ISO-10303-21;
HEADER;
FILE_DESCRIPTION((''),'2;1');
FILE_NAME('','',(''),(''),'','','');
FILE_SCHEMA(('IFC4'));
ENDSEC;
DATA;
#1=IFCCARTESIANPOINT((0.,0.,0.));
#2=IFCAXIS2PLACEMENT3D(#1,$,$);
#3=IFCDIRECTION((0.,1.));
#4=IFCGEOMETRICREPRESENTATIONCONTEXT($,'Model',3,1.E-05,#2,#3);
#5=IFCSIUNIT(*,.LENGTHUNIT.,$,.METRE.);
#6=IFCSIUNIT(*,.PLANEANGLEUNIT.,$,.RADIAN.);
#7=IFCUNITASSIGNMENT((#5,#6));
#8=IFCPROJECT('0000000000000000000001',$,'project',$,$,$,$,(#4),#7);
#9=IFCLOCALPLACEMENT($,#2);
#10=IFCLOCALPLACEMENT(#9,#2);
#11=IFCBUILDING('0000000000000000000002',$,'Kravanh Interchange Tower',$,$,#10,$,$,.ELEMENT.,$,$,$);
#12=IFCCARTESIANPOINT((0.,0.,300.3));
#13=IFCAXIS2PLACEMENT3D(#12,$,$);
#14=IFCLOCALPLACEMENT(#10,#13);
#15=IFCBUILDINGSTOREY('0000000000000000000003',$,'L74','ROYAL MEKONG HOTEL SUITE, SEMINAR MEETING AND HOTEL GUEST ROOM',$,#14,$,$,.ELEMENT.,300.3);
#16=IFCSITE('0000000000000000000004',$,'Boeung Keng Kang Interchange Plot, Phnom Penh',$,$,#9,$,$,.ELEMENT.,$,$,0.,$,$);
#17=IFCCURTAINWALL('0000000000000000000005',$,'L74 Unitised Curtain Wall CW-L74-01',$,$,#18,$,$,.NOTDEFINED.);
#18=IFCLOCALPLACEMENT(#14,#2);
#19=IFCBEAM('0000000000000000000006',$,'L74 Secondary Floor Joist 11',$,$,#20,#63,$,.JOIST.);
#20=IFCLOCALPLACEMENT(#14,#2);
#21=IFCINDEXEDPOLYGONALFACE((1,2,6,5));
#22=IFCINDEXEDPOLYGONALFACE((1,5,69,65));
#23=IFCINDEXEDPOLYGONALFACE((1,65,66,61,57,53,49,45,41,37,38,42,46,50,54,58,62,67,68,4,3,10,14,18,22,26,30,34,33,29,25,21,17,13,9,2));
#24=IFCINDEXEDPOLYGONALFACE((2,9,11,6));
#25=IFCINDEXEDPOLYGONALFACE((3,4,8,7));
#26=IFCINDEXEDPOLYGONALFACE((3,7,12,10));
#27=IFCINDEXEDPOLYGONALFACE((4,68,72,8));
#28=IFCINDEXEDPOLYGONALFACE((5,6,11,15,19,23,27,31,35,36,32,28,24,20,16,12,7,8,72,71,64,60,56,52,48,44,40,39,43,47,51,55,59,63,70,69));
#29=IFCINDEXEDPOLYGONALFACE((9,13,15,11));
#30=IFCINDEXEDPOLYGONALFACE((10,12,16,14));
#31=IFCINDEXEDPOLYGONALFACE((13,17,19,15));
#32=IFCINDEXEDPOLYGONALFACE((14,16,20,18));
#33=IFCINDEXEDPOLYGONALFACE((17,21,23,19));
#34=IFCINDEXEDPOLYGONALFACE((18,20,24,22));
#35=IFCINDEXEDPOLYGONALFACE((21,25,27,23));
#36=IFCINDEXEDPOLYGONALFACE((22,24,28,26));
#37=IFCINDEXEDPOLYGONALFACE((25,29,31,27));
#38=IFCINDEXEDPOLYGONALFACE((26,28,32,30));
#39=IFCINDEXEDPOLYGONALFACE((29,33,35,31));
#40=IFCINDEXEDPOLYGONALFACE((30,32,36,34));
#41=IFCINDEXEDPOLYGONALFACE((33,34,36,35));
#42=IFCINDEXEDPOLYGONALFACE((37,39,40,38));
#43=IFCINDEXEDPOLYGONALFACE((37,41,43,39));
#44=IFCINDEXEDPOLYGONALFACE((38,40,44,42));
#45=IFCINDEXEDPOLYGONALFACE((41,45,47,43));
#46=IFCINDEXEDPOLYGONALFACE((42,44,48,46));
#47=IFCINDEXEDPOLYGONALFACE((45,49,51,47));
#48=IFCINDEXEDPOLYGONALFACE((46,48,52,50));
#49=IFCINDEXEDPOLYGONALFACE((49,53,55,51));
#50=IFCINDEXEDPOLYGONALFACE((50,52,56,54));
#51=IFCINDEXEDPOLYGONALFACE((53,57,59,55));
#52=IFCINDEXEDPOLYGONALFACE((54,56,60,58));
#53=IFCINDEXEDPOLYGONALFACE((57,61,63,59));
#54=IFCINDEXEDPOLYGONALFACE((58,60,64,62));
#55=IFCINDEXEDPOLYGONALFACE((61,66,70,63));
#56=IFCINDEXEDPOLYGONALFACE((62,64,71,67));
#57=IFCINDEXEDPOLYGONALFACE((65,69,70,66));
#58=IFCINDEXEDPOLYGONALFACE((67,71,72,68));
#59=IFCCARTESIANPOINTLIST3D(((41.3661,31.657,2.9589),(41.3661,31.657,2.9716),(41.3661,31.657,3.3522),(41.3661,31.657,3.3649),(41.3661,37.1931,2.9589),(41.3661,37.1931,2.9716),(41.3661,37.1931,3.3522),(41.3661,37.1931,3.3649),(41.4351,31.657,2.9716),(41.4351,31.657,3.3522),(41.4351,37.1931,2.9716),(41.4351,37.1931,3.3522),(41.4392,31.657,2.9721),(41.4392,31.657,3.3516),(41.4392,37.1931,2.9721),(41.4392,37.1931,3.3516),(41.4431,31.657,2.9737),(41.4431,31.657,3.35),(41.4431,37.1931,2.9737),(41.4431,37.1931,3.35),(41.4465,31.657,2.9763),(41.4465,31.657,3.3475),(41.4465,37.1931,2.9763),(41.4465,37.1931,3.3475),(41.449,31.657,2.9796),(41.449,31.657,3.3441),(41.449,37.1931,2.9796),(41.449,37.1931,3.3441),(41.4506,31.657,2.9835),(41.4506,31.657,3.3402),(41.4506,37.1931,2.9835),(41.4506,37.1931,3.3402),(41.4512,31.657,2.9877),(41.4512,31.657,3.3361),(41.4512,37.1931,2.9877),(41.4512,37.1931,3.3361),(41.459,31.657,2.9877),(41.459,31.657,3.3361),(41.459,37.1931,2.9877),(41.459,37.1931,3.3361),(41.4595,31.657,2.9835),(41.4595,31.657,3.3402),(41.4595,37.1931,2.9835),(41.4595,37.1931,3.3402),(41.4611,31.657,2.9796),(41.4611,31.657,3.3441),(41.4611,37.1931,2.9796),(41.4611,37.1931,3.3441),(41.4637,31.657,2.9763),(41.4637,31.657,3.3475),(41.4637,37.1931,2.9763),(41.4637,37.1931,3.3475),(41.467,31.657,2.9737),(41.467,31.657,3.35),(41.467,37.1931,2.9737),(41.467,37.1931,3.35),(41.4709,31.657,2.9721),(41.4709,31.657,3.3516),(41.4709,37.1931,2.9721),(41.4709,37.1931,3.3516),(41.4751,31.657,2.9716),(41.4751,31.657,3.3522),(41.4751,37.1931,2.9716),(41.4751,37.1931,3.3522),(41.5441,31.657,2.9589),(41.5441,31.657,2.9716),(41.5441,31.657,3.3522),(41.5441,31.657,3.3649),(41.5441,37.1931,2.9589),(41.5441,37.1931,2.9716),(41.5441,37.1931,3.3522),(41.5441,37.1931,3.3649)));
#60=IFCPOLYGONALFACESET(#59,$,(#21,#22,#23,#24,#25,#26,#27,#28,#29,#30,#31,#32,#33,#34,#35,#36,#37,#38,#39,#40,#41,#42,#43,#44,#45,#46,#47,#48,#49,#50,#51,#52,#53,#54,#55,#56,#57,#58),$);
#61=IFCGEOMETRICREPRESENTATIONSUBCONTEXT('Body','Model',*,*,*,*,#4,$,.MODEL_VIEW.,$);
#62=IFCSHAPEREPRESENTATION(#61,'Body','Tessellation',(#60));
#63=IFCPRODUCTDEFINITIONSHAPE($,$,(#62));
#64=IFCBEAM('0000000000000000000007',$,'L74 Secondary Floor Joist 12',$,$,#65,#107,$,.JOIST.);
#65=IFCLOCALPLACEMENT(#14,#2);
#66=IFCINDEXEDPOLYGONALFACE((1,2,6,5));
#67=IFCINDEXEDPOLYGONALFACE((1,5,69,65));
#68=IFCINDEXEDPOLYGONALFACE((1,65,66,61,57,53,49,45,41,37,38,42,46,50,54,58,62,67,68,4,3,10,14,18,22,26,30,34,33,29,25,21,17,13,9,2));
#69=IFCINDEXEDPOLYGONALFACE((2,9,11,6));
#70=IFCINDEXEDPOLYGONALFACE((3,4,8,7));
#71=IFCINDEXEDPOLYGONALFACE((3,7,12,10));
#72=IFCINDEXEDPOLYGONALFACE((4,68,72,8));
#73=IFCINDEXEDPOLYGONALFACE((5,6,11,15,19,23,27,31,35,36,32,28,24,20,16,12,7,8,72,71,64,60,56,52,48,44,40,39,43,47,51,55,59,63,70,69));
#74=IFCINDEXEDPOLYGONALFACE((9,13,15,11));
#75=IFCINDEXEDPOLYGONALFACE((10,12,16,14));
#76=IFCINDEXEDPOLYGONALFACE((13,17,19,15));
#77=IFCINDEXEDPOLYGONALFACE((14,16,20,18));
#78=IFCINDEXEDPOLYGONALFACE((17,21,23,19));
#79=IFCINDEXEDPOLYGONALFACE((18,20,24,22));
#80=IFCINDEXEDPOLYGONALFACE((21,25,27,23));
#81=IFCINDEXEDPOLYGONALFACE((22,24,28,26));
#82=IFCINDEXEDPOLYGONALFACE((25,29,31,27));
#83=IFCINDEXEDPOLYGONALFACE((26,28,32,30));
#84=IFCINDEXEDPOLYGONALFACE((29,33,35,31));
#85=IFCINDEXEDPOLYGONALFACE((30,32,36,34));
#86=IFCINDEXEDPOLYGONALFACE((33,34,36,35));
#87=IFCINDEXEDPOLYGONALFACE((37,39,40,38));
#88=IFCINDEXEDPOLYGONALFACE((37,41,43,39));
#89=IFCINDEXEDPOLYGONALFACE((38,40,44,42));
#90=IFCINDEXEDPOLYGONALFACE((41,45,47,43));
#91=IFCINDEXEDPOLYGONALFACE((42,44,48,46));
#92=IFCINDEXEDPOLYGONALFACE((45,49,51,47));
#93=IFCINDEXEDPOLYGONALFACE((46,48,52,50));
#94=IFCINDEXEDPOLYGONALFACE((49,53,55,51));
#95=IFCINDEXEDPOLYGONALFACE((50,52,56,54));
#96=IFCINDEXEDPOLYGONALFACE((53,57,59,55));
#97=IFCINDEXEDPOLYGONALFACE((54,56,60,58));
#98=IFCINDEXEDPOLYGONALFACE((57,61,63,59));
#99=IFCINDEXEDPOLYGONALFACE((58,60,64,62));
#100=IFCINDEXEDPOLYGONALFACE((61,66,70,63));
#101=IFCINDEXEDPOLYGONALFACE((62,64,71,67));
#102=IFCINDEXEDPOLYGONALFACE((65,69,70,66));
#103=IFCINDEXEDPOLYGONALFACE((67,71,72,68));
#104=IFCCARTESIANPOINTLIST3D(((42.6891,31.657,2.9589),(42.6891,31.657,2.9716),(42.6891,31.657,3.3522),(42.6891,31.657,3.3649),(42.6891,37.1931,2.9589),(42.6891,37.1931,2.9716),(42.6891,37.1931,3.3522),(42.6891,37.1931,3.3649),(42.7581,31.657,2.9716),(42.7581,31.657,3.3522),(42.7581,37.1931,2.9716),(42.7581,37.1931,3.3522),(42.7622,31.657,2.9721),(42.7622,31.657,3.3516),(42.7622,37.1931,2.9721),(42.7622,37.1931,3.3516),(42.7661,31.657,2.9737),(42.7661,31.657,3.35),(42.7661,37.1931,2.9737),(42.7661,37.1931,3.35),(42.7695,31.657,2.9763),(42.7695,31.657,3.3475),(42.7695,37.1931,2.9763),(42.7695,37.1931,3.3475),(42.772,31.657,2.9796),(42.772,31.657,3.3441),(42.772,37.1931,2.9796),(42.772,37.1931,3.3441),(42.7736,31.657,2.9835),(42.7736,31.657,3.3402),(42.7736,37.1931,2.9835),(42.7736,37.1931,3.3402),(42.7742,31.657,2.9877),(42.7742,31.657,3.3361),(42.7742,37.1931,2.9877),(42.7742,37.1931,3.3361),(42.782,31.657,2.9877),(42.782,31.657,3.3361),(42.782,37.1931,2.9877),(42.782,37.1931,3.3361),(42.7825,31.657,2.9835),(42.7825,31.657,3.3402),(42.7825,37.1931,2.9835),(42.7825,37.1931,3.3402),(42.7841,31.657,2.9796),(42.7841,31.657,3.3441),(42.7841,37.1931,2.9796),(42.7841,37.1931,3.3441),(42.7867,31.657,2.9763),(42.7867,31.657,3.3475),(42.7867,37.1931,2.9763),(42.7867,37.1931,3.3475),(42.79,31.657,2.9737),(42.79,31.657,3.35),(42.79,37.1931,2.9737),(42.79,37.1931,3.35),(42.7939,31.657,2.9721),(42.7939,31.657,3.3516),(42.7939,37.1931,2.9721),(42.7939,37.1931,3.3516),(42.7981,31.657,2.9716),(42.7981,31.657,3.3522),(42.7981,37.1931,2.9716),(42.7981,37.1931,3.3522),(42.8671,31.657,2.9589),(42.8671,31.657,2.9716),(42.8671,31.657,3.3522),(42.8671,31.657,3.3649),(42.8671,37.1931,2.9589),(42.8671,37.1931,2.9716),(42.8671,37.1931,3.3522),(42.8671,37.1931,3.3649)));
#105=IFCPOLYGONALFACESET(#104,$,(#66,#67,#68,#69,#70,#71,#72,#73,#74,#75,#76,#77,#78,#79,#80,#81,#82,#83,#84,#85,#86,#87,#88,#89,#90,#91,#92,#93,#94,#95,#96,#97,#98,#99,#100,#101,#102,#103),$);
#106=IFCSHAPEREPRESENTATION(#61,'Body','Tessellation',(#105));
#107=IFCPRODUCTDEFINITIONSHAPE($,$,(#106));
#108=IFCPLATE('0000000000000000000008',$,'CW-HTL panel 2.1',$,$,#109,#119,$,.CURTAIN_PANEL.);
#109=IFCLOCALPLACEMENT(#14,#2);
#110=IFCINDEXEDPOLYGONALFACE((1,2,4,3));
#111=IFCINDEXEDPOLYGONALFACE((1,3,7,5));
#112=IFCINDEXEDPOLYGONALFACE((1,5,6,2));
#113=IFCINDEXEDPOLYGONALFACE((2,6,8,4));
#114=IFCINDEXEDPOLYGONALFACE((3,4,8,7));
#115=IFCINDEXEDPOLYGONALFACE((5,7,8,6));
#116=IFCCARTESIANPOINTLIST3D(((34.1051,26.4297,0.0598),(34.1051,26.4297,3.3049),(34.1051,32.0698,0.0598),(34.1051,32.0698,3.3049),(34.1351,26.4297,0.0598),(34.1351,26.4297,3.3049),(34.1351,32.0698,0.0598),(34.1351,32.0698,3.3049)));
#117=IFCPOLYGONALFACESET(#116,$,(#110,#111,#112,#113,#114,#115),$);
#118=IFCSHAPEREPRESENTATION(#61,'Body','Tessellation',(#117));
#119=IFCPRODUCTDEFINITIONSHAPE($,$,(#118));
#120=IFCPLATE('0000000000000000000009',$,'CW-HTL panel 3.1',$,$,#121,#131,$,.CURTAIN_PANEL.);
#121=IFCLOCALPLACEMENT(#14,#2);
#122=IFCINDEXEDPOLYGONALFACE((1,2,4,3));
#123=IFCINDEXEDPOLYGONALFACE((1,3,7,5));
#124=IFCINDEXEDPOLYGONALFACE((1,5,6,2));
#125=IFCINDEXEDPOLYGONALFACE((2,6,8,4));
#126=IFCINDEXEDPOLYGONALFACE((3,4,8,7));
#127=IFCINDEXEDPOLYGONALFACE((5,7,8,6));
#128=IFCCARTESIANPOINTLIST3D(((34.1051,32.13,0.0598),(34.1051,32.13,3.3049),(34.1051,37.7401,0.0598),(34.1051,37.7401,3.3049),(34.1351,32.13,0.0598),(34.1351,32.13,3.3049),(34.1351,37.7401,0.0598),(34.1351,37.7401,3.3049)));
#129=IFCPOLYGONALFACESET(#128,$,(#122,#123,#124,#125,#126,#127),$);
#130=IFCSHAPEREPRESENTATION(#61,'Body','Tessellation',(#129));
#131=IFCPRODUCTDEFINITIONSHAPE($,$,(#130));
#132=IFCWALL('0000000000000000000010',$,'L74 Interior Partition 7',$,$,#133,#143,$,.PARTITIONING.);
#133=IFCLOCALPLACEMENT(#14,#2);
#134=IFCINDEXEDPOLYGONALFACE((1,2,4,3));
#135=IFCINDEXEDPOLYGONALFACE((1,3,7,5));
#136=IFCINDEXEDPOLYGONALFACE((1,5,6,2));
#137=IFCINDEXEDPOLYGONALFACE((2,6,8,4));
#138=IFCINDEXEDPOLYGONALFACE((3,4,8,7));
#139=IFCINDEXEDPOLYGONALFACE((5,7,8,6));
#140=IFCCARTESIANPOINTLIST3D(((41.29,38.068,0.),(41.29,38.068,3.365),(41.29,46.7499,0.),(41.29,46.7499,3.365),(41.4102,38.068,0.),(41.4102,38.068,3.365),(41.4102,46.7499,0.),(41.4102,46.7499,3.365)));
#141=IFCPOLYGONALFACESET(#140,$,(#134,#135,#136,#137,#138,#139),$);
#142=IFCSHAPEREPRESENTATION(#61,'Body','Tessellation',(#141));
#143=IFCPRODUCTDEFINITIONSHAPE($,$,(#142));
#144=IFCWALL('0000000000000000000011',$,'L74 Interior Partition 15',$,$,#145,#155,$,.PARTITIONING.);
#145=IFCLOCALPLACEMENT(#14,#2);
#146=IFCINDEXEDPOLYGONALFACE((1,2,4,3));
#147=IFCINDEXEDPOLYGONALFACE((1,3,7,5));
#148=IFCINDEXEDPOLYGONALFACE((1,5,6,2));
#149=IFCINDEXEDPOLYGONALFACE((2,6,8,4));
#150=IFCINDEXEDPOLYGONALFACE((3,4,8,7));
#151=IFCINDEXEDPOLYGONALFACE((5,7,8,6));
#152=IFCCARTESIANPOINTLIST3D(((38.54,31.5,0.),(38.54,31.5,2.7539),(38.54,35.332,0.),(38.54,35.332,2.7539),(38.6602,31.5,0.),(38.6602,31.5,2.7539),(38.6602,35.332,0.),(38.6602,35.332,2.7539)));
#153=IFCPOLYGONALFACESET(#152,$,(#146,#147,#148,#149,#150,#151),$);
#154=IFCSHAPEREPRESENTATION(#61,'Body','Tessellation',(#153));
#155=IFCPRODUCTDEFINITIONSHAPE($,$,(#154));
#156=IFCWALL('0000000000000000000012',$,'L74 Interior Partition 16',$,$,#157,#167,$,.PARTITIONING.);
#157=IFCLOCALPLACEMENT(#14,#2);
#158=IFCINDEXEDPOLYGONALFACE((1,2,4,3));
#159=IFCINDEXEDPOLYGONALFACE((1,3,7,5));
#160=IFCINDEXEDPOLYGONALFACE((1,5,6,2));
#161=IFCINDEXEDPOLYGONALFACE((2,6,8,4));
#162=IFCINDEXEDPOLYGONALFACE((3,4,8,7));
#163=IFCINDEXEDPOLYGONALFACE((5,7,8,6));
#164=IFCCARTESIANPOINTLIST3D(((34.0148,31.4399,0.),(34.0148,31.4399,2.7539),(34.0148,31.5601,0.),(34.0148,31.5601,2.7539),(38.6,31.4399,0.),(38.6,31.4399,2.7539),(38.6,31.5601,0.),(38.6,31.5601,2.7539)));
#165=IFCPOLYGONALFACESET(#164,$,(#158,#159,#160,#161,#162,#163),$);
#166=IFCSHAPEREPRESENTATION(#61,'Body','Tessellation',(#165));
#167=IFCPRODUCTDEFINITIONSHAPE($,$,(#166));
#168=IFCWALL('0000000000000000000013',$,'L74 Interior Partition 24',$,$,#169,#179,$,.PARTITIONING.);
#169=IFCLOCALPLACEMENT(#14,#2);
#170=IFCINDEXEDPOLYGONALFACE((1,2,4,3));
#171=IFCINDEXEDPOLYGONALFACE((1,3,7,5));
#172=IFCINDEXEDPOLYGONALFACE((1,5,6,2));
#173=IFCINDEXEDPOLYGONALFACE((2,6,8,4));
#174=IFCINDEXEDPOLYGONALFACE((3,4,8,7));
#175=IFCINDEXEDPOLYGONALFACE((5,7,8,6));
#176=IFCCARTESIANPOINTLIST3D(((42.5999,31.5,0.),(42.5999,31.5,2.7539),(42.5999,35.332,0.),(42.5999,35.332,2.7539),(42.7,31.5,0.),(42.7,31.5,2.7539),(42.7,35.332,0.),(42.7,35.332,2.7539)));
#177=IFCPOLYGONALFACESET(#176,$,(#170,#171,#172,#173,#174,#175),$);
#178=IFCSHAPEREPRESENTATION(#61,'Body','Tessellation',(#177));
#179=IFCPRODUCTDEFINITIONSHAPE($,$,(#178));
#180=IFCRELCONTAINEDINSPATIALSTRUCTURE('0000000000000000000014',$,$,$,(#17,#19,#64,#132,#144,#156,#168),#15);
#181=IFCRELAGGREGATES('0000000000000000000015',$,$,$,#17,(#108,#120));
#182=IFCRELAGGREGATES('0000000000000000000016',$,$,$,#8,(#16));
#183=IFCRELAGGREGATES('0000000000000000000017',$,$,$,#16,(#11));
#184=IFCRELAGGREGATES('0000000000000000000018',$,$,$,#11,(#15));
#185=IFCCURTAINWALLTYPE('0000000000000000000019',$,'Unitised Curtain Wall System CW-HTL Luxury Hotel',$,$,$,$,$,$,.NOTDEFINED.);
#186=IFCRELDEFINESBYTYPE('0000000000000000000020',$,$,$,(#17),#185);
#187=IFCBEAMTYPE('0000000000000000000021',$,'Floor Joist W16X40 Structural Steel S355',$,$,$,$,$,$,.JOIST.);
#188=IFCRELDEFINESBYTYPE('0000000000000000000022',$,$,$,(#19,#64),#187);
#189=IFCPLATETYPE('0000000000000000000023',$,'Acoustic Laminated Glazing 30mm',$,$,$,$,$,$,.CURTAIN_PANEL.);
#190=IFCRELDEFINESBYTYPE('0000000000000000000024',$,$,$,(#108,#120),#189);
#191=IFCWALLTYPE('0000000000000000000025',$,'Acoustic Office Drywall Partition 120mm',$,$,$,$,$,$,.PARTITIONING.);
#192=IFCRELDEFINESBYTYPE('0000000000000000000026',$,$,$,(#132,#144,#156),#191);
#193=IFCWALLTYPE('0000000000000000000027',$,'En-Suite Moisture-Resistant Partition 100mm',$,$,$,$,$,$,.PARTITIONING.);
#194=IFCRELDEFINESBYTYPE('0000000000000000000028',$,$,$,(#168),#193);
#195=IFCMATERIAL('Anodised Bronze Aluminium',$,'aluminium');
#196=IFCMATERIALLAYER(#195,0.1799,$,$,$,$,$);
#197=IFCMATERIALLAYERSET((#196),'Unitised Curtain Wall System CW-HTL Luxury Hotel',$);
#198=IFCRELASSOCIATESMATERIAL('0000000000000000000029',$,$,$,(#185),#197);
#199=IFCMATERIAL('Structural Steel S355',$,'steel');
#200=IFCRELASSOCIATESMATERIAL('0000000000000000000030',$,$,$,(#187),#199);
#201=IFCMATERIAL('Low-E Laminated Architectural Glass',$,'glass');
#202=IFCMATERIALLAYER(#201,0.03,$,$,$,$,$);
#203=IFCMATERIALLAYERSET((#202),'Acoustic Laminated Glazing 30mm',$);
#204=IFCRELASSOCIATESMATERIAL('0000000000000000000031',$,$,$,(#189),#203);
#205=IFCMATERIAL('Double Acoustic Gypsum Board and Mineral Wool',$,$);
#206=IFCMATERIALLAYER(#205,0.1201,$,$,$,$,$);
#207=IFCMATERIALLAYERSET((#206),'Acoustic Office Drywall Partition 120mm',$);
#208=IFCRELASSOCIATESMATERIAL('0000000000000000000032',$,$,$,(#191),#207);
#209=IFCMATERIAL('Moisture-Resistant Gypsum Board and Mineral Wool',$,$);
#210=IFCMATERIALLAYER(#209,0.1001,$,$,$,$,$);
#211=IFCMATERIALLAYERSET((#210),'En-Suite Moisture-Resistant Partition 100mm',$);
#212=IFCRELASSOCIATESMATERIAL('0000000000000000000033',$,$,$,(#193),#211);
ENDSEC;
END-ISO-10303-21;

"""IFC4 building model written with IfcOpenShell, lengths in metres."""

from ifc_helpers import new_model, si_unit, direction, frame, frame_2d, origin, origin_2d, place, context, subcontext, project, spatial, rectangle, i_section, extrude, material, layer, layer_set, material_profile, profile_set, type_object, element, aggregate, save


model = new_model("IFC4")

# Units and contexts
model_context = context("Model", 3, precision=1e-05, world=origin(), true_north=direction((0.0, 1.0)))
body_context = subcontext(model_context, "Body", "Model", "MODEL_VIEW")
ifc_project = project(units=[si_unit("LENGTHUNIT", "METRE"), si_unit("PLANEANGLEUNIT", "RADIAN")], contexts=[model_context])

# Site, building, storey
site_placement = place(None, origin())
site = spatial("IfcSite", under=ifc_project, at=site_placement, Name="Boeung Keng Kang Interchange Plot, Phnom Penh", CompositionType="ELEMENT", RefElevation=0.0)
building_placement = place(site_placement, origin())
building = spatial("IfcBuilding", under=site, at=building_placement, Name="Kravanh Interchange Tower", CompositionType="ELEMENT")
storey_placement = place(building_placement, frame((0.0, 0.0, 300.3)))
storey = spatial("IfcBuildingStorey", under=building, at=storey_placement, Name="L74", Description="ROYAL MEKONG HOTEL SUITE, SEMINAR MEETING AND HOTEL GUEST ROOM", CompositionType="ELEMENT", Elevation=300.3)

# Curtain wall
ifc_material_1 = material(Name="Anodised Bronze Aluminium", Category="aluminium")
ifc_layer_1 = layer(ifc_material_1, 0.1799)
ifc_layer_set_1 = layer_set([ifc_layer_1], Name="Unitised Curtain Wall System CW-HTL Luxury Hotel")
curtain_wall_type = type_object("IfcCurtainWallType", Name="Unitised Curtain Wall System CW-HTL Luxury Hotel", PredefinedType="NOTDEFINED", material=ifc_layer_set_1)
curtain_wall_placement = place(storey_placement, origin())
curtain_wall = element("IfcCurtainWall", 1, at=curtain_wall_placement, inside=storey, type_object=curtain_wall_type, Name="L74 Unitised Curtain Wall CW-L74-01", PredefinedType="NOTDEFINED")

# Beams
ifc_material_2 = material(Name="Structural Steel S355", Category="steel")
ifc_material_profile_1 = material_profile(ifc_material_2, i_section(OverallWidth=0.178, OverallDepth=0.406, WebThickness=0.0078, FlangeThickness=0.0127, FilletRadius=0.0161, at=origin_2d()), Name="W16X40")
ifc_profile_set_1 = profile_set([ifc_material_profile_1], Name="Structural Steel S355")
beam_type_1 = type_object("IfcBeamType", Name="Floor Joist W16X40 Structural Steel S355", PredefinedType="JOIST", material=ifc_profile_set_1)
for number, where, z_axis, x_axis, name in (
    (2, (41.4551, 31.657, 3.1619), (0.0, 1.0, 0.0), (-1.0, 0.0, 0.0), "L74 Secondary Floor Joist 11"),
    (3, (42.7781, 31.657, 3.1619), (0.0, 1.0, 0.0), (-1.0, 0.0, 0.0), "L74 Secondary Floor Joist 12"),
):
    element("IfcBeam", number, at=place(storey_placement, frame(where, z_axis=z_axis, x_axis=x_axis)), inside=storey, type_object=beam_type_1, Name=name, PredefinedType="JOIST", context=body_context, shape_type="SweptSolid", body=[
        extrude(i_section(OverallWidth=0.178, OverallDepth=0.406, WebThickness=0.0078, FlangeThickness=0.0127, FilletRadius=0.0161, at=origin_2d()), origin(), (0.0, 0.0, 1.0), 5.5361),
    ])

# Plates
ifc_material_3 = material(Name="Low-E Laminated Architectural Glass", Category="glass")
ifc_layer_2 = layer(ifc_material_3, 0.03)
ifc_layer_set_2 = layer_set([ifc_layer_2], Name="Acoustic Laminated Glazing 30mm")
plate_type = type_object("IfcPlateType", Name="Acoustic Laminated Glazing 30mm", PredefinedType="CURTAIN_PANEL", material=ifc_layer_set_2)
plate_1_placement = place(storey_placement, frame((34.1201, 29.2498, 0.0598), z_axis=(0.0, 0.0, 1.0), x_axis=(0.0, 1.0, 0.0)))
plate_1 = element("IfcPlate", 4, at=plate_1_placement, type_object=plate_type, Name="CW-HTL panel 2.1", PredefinedType="CURTAIN_PANEL", context=body_context, shape_type="SweptSolid", body=[
    extrude(rectangle(XDim=5.6401, YDim=0.03, at=origin_2d()), origin(), (0.0, 0.0, 1.0), 3.2451),
])
plate_2_placement = place(storey_placement, frame((34.1201, 34.9351, 0.0598), z_axis=(0.0, 0.0, 1.0), x_axis=(0.0, 1.0, 0.0)))
plate_2 = element("IfcPlate", 5, at=plate_2_placement, type_object=plate_type, Name="CW-HTL panel 3.1", PredefinedType="CURTAIN_PANEL", context=body_context, shape_type="SweptSolid", body=[
    extrude(rectangle(XDim=5.6101, YDim=0.03, at=origin_2d()), origin(), (0.0, 0.0, 1.0), 3.2451),
])
aggregate(curtain_wall, [plate_1, plate_2])

# Walls
ifc_material_4 = material(Name="Double Acoustic Gypsum Board and Mineral Wool")
ifc_layer_3 = layer(ifc_material_4, 0.1201)
ifc_layer_set_3 = layer_set([ifc_layer_3], Name="Acoustic Office Drywall Partition 120mm")
wall_type_1 = type_object("IfcWallType", Name="Acoustic Office Drywall Partition 120mm", PredefinedType="PARTITIONING", material=ifc_layer_set_3)
wall_1_placement = place(storey_placement, frame((41.3501, 38.0681, 0.0), z_axis=(0.0, 0.0, 1.0), x_axis=(0.0, 1.0, 0.0)))
element("IfcWall", 6, at=wall_1_placement, inside=storey, type_object=wall_type_1, Name="L74 Interior Partition 7", PredefinedType="PARTITIONING", context=body_context, shape_type="SweptSolid", body=[
    extrude(rectangle(XDim=8.6819, YDim=0.1201, at=frame_2d((4.3408, 0.0))), origin(), (0.0, 0.0, 1.0), 3.365),
])
wall_2_placement = place(storey_placement, frame((38.6001, 31.5, 0.0), z_axis=(0.0, 0.0, 1.0), x_axis=(0.0, 1.0, 0.0)))
element("IfcWall", 7, at=wall_2_placement, inside=storey, type_object=wall_type_1, Name="L74 Interior Partition 15", PredefinedType="PARTITIONING", context=body_context, shape_type="SweptSolid", body=[
    extrude(rectangle(XDim=3.832, YDim=0.1201, at=frame_2d((1.916, 0.0))), origin(), (0.0, 0.0, 1.0), 2.7539),
])
wall_3_placement = place(storey_placement, frame((34.0149, 31.5, 0.0), z_axis=(0.0, 0.0, 1.0), x_axis=(1.0, 0.0, 0.0)))
element("IfcWall", 8, at=wall_3_placement, inside=storey, type_object=wall_type_1, Name="L74 Interior Partition 16", PredefinedType="PARTITIONING", context=body_context, shape_type="SweptSolid", body=[
    extrude(rectangle(XDim=4.5852, YDim=0.1201, at=frame_2d((2.2925, 0.0))), origin(), (0.0, 0.0, 1.0), 2.7539),
])
ifc_material_5 = material(Name="Moisture-Resistant Gypsum Board and Mineral Wool")
ifc_layer_4 = layer(ifc_material_5, 0.1001)
ifc_layer_set_4 = layer_set([ifc_layer_4], Name="En-Suite Moisture-Resistant Partition 100mm")
wall_type_2 = type_object("IfcWallType", Name="En-Suite Moisture-Resistant Partition 100mm", PredefinedType="PARTITIONING", material=ifc_layer_set_4)
wall_4_placement = place(storey_placement, frame((42.6499, 31.5, 0.0), z_axis=(0.0, 0.0, 1.0), x_axis=(0.0, 1.0, 0.0)))
element("IfcWall", 9, at=wall_4_placement, inside=storey, type_object=wall_type_2, Name="L74 Interior Partition 24", PredefinedType="PARTITIONING", context=body_context, shape_type="SweptSolid", body=[
    extrude(rectangle(XDim=3.832, YDim=0.1001, at=frame_2d((1.916, 0.0))), origin(), (0.0, 0.0, 1.0), 2.7539),
])

save(model, "model.ifc")
